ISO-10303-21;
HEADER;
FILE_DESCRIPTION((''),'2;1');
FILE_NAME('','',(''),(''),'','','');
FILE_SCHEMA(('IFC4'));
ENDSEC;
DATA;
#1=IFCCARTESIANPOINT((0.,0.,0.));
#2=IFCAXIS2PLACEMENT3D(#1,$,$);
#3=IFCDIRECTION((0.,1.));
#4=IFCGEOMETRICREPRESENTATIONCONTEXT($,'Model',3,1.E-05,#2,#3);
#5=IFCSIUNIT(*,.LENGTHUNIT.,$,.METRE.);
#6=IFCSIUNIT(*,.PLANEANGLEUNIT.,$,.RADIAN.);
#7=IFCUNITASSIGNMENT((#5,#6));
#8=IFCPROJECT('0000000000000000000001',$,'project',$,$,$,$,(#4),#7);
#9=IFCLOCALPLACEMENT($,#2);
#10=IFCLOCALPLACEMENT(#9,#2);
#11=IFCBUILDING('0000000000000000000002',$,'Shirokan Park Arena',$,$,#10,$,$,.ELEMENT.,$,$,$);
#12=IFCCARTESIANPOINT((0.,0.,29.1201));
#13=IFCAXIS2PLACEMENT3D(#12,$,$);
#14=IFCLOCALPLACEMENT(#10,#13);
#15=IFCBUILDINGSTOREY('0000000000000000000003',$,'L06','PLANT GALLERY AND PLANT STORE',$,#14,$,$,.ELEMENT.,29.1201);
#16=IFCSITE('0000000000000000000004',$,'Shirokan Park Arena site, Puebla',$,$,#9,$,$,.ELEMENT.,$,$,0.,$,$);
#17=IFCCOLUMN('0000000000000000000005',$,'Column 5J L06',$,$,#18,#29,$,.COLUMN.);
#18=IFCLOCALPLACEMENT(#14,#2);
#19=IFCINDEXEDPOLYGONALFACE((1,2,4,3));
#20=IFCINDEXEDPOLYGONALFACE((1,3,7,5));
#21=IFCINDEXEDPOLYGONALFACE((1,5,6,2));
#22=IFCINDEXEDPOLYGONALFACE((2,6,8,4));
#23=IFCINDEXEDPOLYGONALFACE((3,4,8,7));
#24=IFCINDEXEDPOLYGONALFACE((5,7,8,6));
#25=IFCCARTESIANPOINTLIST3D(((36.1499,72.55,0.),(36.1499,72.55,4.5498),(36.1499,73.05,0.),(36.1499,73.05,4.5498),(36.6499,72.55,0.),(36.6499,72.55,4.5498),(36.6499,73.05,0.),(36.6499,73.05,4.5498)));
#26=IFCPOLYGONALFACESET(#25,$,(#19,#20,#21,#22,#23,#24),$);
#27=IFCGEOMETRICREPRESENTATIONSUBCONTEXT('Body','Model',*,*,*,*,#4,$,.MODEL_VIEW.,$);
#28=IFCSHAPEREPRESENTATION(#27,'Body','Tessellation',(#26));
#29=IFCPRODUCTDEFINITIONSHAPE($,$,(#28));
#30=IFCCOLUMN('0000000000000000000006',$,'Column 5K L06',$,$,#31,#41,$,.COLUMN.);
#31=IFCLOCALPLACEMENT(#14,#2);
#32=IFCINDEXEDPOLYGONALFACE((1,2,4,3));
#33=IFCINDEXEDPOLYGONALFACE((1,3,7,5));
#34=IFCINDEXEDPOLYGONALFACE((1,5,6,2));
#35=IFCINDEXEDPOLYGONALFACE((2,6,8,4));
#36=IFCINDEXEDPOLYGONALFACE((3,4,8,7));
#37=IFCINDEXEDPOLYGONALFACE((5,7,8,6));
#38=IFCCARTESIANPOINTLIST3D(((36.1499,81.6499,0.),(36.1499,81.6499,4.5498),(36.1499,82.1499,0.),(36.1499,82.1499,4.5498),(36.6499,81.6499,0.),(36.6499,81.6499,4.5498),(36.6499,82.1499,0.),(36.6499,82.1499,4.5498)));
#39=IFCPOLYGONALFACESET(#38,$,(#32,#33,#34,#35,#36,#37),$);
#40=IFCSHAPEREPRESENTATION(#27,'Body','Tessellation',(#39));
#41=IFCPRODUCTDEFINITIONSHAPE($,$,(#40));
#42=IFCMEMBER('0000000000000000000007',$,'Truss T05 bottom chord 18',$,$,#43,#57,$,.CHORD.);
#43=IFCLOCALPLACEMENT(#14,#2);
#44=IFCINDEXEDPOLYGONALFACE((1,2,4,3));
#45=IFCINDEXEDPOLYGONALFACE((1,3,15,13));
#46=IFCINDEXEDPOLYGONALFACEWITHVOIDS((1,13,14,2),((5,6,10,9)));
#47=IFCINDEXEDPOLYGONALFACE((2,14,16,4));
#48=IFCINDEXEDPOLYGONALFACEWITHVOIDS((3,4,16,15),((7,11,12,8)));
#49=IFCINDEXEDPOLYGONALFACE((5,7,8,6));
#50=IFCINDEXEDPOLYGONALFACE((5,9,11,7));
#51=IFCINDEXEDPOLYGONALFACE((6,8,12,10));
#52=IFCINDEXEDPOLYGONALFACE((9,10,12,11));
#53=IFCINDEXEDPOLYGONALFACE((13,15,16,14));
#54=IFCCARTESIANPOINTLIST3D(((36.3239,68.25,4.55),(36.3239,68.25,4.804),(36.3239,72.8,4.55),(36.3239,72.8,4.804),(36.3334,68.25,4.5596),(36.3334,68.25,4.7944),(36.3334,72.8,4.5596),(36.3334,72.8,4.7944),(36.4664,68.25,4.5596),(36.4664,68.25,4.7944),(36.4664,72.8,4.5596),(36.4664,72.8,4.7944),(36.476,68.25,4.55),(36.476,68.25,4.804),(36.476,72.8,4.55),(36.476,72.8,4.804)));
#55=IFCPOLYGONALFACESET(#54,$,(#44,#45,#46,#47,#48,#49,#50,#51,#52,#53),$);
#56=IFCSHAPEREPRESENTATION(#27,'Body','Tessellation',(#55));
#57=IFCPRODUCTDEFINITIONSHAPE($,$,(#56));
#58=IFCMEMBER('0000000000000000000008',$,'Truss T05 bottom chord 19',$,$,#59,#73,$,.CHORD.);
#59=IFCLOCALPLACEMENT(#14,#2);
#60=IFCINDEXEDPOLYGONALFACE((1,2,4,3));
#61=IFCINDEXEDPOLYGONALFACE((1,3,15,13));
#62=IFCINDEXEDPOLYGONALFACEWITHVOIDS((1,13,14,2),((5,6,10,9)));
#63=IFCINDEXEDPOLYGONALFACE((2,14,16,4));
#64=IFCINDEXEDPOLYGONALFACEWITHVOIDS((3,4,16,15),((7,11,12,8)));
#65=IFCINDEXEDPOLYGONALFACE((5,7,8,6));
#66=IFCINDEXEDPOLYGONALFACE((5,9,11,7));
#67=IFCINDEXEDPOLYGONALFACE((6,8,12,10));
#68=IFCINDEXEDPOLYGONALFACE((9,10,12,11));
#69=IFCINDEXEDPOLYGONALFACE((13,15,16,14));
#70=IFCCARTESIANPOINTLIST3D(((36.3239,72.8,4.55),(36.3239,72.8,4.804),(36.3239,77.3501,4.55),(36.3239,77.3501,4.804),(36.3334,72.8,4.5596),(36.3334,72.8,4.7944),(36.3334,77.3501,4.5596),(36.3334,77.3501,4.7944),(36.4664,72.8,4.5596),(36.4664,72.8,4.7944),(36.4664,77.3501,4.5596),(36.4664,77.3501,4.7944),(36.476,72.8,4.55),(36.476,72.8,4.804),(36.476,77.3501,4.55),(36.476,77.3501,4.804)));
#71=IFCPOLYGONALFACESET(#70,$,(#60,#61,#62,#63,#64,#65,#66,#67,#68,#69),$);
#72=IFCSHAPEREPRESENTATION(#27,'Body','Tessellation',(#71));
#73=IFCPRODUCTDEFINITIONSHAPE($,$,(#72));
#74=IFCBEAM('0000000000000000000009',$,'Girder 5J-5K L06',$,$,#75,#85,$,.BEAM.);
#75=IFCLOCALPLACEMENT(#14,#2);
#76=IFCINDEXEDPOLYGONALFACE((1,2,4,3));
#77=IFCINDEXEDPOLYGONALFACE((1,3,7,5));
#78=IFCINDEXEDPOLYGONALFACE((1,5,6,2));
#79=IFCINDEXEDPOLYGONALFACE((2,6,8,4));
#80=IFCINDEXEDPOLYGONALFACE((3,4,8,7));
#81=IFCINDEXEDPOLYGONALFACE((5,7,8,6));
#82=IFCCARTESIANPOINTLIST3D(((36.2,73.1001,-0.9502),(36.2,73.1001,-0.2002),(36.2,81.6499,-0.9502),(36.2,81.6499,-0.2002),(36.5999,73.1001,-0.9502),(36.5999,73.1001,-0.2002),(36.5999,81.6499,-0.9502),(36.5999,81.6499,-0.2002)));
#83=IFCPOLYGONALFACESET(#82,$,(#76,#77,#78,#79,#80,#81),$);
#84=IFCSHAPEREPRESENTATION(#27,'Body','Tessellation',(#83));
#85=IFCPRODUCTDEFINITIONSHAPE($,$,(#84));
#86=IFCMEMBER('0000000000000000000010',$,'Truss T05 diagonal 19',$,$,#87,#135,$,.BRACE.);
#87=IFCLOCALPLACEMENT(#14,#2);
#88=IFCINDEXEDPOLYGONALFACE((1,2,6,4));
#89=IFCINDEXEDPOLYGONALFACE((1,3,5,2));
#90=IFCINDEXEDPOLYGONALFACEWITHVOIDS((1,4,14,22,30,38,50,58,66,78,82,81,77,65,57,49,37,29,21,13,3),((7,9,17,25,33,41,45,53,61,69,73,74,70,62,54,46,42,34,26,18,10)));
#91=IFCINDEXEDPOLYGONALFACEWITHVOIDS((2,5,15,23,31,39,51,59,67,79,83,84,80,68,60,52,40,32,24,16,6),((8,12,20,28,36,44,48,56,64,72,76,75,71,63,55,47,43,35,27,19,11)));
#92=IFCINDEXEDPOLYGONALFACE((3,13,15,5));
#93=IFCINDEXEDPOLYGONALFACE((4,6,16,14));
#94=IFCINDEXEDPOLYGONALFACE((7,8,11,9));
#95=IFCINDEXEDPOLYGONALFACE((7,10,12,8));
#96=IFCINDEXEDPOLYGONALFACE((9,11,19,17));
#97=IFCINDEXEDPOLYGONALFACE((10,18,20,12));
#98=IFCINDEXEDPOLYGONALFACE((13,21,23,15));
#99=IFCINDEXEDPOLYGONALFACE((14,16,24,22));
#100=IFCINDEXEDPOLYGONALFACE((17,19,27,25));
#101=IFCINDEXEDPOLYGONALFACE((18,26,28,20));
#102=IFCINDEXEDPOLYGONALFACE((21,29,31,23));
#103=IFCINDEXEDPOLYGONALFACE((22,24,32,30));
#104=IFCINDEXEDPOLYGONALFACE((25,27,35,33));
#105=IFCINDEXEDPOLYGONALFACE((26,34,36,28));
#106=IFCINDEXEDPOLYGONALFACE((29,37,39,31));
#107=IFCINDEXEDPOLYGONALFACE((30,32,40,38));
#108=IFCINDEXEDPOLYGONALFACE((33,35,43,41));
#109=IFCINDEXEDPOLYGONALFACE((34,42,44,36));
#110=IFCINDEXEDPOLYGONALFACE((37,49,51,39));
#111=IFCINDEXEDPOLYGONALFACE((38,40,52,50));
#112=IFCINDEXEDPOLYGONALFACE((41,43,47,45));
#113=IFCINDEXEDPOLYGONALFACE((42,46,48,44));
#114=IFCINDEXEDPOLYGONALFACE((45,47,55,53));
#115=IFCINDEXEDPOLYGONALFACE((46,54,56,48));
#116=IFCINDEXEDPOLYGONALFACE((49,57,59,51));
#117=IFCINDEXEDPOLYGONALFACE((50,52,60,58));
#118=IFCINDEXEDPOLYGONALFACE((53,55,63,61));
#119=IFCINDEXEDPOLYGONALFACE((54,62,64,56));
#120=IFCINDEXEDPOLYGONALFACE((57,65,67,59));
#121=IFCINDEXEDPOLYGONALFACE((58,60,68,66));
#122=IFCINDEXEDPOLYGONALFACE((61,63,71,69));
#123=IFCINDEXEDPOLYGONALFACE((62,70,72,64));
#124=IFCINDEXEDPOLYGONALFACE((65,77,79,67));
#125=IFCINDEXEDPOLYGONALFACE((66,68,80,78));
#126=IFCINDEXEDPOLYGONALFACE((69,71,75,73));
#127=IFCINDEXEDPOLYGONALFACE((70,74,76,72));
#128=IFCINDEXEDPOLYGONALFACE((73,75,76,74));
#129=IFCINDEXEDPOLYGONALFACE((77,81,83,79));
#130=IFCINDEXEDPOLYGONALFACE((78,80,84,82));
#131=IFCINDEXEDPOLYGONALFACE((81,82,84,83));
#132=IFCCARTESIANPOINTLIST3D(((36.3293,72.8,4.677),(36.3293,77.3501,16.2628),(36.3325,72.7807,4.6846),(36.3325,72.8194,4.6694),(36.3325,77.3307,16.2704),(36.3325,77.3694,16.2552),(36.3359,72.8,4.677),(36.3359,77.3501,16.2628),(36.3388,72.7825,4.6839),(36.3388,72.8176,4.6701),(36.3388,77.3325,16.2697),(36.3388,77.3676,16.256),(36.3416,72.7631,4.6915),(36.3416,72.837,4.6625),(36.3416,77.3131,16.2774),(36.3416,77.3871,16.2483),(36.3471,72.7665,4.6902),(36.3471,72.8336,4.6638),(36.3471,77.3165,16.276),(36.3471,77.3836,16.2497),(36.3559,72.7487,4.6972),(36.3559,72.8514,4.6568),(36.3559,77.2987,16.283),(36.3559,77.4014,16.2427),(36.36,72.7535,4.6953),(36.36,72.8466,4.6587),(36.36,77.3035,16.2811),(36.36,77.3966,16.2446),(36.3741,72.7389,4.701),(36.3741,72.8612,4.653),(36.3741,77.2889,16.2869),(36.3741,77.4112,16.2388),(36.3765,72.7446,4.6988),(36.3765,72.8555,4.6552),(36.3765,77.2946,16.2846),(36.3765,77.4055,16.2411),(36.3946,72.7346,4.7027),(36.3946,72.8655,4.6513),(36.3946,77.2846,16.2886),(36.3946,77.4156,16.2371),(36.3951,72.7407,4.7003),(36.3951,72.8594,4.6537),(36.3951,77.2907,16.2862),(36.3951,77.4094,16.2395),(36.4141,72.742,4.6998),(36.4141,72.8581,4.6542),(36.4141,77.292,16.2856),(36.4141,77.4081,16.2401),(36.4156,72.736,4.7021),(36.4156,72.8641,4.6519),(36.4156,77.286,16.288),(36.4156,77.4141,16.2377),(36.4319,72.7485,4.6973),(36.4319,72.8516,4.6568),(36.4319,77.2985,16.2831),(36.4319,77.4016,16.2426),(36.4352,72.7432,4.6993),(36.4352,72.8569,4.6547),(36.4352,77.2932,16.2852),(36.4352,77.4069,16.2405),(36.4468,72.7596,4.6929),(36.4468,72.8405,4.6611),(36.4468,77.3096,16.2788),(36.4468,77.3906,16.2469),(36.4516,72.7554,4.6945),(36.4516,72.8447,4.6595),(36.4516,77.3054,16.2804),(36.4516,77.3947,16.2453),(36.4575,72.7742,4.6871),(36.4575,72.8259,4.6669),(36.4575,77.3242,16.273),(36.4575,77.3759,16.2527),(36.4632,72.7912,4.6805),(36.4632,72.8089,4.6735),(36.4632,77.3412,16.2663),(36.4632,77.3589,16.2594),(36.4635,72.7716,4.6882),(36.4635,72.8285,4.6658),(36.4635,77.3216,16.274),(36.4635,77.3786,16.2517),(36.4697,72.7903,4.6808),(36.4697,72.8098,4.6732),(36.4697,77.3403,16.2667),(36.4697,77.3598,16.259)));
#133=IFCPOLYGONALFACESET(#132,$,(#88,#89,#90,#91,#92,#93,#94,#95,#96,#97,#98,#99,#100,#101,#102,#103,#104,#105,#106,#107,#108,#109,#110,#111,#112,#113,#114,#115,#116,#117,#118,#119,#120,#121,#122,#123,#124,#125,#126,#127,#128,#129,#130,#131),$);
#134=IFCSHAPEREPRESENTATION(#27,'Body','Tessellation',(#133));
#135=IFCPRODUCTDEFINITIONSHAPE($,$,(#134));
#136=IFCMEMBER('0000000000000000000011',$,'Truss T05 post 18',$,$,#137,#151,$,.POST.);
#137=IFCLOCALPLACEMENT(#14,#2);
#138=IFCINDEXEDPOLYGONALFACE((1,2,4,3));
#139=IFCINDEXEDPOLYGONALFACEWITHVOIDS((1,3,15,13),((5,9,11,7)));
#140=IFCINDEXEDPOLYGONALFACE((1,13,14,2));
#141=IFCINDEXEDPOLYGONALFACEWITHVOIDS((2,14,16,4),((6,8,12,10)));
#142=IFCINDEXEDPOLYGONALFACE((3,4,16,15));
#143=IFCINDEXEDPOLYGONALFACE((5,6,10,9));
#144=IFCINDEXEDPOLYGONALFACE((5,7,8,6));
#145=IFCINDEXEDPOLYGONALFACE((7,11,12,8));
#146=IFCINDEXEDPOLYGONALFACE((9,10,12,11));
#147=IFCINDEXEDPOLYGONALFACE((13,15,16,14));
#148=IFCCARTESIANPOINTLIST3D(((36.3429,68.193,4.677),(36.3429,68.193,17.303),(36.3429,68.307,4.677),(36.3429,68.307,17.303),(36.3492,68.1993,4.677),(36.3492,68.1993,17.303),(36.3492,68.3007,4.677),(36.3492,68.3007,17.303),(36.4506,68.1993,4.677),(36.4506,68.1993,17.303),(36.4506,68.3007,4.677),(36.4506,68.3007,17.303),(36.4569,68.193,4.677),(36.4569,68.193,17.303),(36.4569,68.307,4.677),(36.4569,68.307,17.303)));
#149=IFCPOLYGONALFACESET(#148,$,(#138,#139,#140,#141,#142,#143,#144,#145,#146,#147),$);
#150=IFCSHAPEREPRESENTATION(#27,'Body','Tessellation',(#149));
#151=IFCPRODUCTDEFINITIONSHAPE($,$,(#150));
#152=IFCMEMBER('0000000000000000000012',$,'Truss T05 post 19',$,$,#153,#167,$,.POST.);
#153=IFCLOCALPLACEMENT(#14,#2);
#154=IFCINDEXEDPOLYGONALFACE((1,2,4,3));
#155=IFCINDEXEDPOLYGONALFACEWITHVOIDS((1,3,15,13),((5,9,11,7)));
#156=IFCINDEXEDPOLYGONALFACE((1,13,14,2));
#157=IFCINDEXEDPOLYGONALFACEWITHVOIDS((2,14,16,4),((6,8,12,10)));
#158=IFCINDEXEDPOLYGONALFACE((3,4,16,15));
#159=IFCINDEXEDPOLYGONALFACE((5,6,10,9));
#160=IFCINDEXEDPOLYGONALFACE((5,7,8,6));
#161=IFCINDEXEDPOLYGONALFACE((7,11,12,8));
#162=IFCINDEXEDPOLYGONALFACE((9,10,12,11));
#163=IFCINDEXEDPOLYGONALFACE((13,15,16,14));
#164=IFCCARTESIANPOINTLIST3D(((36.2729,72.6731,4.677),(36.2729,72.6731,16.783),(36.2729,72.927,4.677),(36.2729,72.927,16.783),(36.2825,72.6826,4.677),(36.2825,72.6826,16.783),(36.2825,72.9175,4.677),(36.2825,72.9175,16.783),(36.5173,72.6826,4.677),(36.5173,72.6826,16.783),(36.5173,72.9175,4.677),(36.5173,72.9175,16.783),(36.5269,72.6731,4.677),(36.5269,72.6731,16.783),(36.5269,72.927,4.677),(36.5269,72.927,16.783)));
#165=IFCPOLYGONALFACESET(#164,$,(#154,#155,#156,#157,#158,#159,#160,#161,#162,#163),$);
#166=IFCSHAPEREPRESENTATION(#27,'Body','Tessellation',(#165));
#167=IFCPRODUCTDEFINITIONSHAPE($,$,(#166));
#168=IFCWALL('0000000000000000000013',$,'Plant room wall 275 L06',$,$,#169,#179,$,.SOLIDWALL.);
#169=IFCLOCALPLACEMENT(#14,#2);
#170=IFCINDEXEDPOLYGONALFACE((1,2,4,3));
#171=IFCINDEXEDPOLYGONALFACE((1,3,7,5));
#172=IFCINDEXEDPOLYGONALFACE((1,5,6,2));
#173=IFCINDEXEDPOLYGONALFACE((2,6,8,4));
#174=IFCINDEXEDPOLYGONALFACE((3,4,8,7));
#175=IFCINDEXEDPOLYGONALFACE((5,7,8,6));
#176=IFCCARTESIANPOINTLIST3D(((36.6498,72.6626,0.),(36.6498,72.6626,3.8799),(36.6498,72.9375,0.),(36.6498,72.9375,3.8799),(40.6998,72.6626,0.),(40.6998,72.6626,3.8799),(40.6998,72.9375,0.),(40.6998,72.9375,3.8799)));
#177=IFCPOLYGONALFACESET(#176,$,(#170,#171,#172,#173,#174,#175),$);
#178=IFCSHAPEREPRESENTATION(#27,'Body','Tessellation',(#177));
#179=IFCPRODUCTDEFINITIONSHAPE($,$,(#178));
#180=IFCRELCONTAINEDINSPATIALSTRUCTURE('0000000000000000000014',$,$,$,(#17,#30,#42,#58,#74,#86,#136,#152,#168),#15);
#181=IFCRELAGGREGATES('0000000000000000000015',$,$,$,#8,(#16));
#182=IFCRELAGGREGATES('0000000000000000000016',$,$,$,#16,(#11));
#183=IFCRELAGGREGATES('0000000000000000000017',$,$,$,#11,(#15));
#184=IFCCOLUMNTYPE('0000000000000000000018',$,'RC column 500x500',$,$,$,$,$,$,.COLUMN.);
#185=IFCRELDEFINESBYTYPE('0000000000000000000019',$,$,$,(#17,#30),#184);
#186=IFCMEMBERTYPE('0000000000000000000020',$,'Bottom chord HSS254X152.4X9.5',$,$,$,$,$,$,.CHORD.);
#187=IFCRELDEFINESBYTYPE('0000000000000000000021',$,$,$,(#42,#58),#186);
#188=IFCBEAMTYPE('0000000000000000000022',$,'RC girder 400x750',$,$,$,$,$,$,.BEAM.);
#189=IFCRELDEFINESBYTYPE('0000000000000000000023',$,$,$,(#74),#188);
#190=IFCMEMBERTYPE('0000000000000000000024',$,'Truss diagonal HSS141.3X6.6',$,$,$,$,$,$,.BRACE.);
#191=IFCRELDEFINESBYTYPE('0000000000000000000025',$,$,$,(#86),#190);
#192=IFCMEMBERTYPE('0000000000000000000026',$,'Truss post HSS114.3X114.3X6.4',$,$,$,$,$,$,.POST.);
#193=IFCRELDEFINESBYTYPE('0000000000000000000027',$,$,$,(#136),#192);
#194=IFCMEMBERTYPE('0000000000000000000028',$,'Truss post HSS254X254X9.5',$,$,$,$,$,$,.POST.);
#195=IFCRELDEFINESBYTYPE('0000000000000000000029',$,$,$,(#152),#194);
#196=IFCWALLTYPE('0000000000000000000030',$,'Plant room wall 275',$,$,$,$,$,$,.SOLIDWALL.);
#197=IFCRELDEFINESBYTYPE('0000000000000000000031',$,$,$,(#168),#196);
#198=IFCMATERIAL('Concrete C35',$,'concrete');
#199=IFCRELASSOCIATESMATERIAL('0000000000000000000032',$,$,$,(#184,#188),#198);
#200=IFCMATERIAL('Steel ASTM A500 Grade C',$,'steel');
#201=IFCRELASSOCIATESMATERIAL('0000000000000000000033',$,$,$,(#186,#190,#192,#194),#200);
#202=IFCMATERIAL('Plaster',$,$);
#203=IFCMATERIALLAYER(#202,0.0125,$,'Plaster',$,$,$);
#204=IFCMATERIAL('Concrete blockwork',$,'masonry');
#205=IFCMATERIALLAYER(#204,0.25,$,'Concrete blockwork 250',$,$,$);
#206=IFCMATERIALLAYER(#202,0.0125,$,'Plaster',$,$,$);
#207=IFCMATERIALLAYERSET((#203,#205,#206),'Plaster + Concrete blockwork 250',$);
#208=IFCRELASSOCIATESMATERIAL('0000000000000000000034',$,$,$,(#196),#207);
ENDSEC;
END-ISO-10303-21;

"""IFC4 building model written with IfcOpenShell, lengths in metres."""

from ifc_helpers import new_model, si_unit, direction, frame, frame_2d, origin, origin_2d, place, context, subcontext, project, spatial, rectangle, hollow_rectangle, hollow_circle, extrude, material, layer, layer_set, material_profile, profile_set, type_object, element, save


model = new_model("IFC4")

# Units and contexts
model_context = context("Model", 3, precision=1e-05, world=origin(), true_north=direction((0.0, 1.0)))
body_context = subcontext(model_context, "Body", "Model", "MODEL_VIEW")
ifc_project = project(units=[si_unit("LENGTHUNIT", "METRE"), si_unit("PLANEANGLEUNIT", "RADIAN")], contexts=[model_context])

# Site, building, storey
site_placement = place(None, origin())
site = spatial("IfcSite", under=ifc_project, at=site_placement, Name="Shirokan Park Arena site, Puebla", CompositionType="ELEMENT", RefElevation=0.0)
building_placement = place(site_placement, origin())
building = spatial("IfcBuilding", under=site, at=building_placement, Name="Shirokan Park Arena", CompositionType="ELEMENT")
storey_placement = place(building_placement, frame((0.0, 0.0, 29.1201)))
storey = spatial("IfcBuildingStorey", under=building, at=storey_placement, Name="L06", Description="PLANT GALLERY AND PLANT STORE", CompositionType="ELEMENT", Elevation=29.1201)

# Columns
ifc_material_1 = material(Name="Concrete C35", Category="concrete")
ifc_material_profile_1 = material_profile(ifc_material_1, rectangle(XDim=0.5, YDim=0.5, at=origin_2d()), Name="500x500")
ifc_profile_set_1 = profile_set([ifc_material_profile_1], Name="Concrete C35")
column_type = type_object("IfcColumnType", Name="RC column 500x500", PredefinedType="COLUMN", material=ifc_profile_set_1)
for number, where, z_axis, x_axis, name in (
    (1, (36.3999, 72.8, 0.0), (0.0, 0.0, 1.0), (1.0, 0.0, 0.0), "Column 5J L06"),
    (2, (36.3999, 81.8999, 0.0), (0.0, 0.0, 1.0), (1.0, 0.0, 0.0), "Column 5K L06"),
):
    element("IfcColumn", number, at=place(storey_placement, frame(where, z_axis=z_axis, x_axis=x_axis)), inside=storey, type_object=column_type, Name=name, PredefinedType="COLUMN", context=body_context, shape_type="SweptSolid", body=[
        extrude(rectangle(XDim=0.5, YDim=0.5, at=origin_2d()), origin(), (0.0, 0.0, 1.0), 4.5498),
    ])

# Members
ifc_material_2 = material(Name="Steel ASTM A500 Grade C", Category="steel")
ifc_material_profile_2 = material_profile(ifc_material_2, hollow_rectangle(XDim=0.1521, YDim=0.2539, WallThickness=0.0095, at=origin_2d()), Name="HSS254X152.4X9.5")
ifc_profile_set_2 = profile_set([ifc_material_profile_2], Name="Steel ASTM A500 Grade C")
member_type_1 = type_object("IfcMemberType", Name="Bottom chord HSS254X152.4X9.5", PredefinedType="CHORD", material=ifc_profile_set_2)
for number, where, z_axis, x_axis, name in (
    (3, (36.3999, 68.25, 4.677), (0.0, 1.0, 0.0), (-1.0, 0.0, 0.0), "Truss T05 bottom chord 18"),
    (4, (36.3999, 72.8, 4.677), (0.0, 1.0, 0.0), (-1.0, 0.0, 0.0), "Truss T05 bottom chord 19"),
):
    element("IfcMember", number, at=place(storey_placement, frame(where, z_axis=z_axis, x_axis=x_axis)), inside=storey, type_object=member_type_1, Name=name, PredefinedType="CHORD", context=body_context, shape_type="SweptSolid", body=[
        extrude(hollow_rectangle(XDim=0.1521, YDim=0.2539, WallThickness=0.0095, at=origin_2d()), origin(), (0.0, 0.0, 1.0), 4.55),
    ])

# Beam
ifc_material_profile_3 = material_profile(ifc_material_1, rectangle(XDim=0.3999, YDim=0.75, at=origin_2d()), Name="400x750")
ifc_profile_set_3 = profile_set([ifc_material_profile_3], Name="Concrete C35")
beam_type = type_object("IfcBeamType", Name="RC girder 400x750", PredefinedType="BEAM", material=ifc_profile_set_3)
beam_placement = place(storey_placement, frame((36.3999, 73.1001, -0.5752), z_axis=(0.0, 1.0, 0.0), x_axis=(-1.0, 0.0, 0.0)))
element("IfcBeam", 5, at=beam_placement, inside=storey, type_object=beam_type, Name="Girder 5J-5K L06", PredefinedType="BEAM", context=body_context, shape_type="SweptSolid", body=[
    extrude(rectangle(XDim=0.3999, YDim=0.75, at=origin_2d()), origin(), (0.0, 0.0, 1.0), 8.5498),
])

# Members
ifc_material_profile_4 = material_profile(ifc_material_2, hollow_circle(Radius=0.0706, WallThickness=0.0066, at=origin_2d()), Name="HSS141.3X6.6")
ifc_profile_set_4 = profile_set([ifc_material_profile_4], Name="Steel ASTM A500 Grade C")
member_type_2 = type_object("IfcMemberType", Name="Truss diagonal HSS141.3X6.6", PredefinedType="BRACE", material=ifc_profile_set_4)
member_1_placement = place(storey_placement, frame((36.3999, 72.8, 4.677), z_axis=(0.0, 0.365543, 0.930794), x_axis=(-1.0, 0.0, 0.0)))
element("IfcMember", 6, at=member_1_placement, inside=storey, type_object=member_type_2, Name="Truss T05 diagonal 19", PredefinedType="BRACE", context=body_context, shape_type="SweptSolid", body=[
    extrude(hollow_circle(Radius=0.0706, WallThickness=0.0066, at=origin_2d()), origin(), (0.0, 0.0, 1.0), 12.4473),
])
ifc_material_profile_5 = material_profile(ifc_material_2, hollow_rectangle(XDim=0.114, YDim=0.114, WallThickness=0.0063, at=origin_2d()), Name="HSS114.3X114.3X6.4")
ifc_profile_set_5 = profile_set([ifc_material_profile_5], Name="Steel ASTM A500 Grade C")
member_type_3 = type_object("IfcMemberType", Name="Truss post HSS114.3X114.3X6.4", PredefinedType="POST", material=ifc_profile_set_5)
member_2_placement = place(storey_placement, frame((36.3999, 68.25, 4.677), z_axis=(0.0, 0.0, 1.0), x_axis=(1.0, 0.0, 0.0)))
element("IfcMember", 7, at=member_2_placement, inside=storey, type_object=member_type_3, Name="Truss T05 post 18", PredefinedType="POST", context=body_context, shape_type="SweptSolid", body=[
    extrude(hollow_rectangle(XDim=0.114, YDim=0.114, WallThickness=0.0063, at=origin_2d()), origin(), (0.0, 0.0, 1.0), 12.626),
])
ifc_material_profile_6 = material_profile(ifc_material_2, hollow_rectangle(XDim=0.2539, YDim=0.2539, WallThickness=0.0095, at=origin_2d()), Name="HSS254X254X9.5")
ifc_profile_set_6 = profile_set([ifc_material_profile_6], Name="Steel ASTM A500 Grade C")
member_type_4 = type_object("IfcMemberType", Name="Truss post HSS254X254X9.5", PredefinedType="POST", material=ifc_profile_set_6)
member_3_placement = place(storey_placement, frame((36.3999, 72.8, 4.677), z_axis=(0.0, 0.0, 1.0), x_axis=(1.0, 0.0, 0.0)))
element("IfcMember", 8, at=member_3_placement, inside=storey, type_object=member_type_4, Name="Truss T05 post 19", PredefinedType="POST", context=body_context, shape_type="SweptSolid", body=[
    extrude(hollow_rectangle(XDim=0.2539, YDim=0.2539, WallThickness=0.0095, at=origin_2d()), origin(), (0.0, 0.0, 1.0), 12.106),
])

# Shared definitions
ifc_material_3 = material(Name="Plaster")
ifc_layer_1 = layer(ifc_material_3, 0.0125, Name="Plaster")
ifc_material_4 = material(Name="Concrete blockwork", Category="masonry")
ifc_layer_2 = layer(ifc_material_4, 0.25, Name="Concrete blockwork 250")
ifc_layer_3 = layer(ifc_material_3, 0.0125, Name="Plaster")
ifc_layer_set_1 = layer_set([ifc_layer_1, ifc_layer_2, ifc_layer_3], Name="Plaster + Concrete blockwork 250")
wall_type_1 = type_object("IfcWallType", Name="Plant room wall 275", PredefinedType="SOLIDWALL", material=ifc_layer_set_1)

# Wall
wall_1_placement = place(storey_placement, frame((36.6499, 72.8, 0.0), z_axis=(0.0, 0.0, 1.0), x_axis=(1.0, 0.0, 0.0)))
element("IfcWall", 9, at=wall_1_placement, inside=storey, type_object=wall_type_1, Name="Plant room wall 275 L06", PredefinedType="SOLIDWALL", context=body_context, shape_type="SweptSolid", body=[
    extrude(rectangle(XDim=4.05, YDim=0.2749, at=frame_2d((2.0249, 0.0))), origin(), (0.0, 0.0, 1.0), 3.8799),
])

save(model, "model.ifc")
